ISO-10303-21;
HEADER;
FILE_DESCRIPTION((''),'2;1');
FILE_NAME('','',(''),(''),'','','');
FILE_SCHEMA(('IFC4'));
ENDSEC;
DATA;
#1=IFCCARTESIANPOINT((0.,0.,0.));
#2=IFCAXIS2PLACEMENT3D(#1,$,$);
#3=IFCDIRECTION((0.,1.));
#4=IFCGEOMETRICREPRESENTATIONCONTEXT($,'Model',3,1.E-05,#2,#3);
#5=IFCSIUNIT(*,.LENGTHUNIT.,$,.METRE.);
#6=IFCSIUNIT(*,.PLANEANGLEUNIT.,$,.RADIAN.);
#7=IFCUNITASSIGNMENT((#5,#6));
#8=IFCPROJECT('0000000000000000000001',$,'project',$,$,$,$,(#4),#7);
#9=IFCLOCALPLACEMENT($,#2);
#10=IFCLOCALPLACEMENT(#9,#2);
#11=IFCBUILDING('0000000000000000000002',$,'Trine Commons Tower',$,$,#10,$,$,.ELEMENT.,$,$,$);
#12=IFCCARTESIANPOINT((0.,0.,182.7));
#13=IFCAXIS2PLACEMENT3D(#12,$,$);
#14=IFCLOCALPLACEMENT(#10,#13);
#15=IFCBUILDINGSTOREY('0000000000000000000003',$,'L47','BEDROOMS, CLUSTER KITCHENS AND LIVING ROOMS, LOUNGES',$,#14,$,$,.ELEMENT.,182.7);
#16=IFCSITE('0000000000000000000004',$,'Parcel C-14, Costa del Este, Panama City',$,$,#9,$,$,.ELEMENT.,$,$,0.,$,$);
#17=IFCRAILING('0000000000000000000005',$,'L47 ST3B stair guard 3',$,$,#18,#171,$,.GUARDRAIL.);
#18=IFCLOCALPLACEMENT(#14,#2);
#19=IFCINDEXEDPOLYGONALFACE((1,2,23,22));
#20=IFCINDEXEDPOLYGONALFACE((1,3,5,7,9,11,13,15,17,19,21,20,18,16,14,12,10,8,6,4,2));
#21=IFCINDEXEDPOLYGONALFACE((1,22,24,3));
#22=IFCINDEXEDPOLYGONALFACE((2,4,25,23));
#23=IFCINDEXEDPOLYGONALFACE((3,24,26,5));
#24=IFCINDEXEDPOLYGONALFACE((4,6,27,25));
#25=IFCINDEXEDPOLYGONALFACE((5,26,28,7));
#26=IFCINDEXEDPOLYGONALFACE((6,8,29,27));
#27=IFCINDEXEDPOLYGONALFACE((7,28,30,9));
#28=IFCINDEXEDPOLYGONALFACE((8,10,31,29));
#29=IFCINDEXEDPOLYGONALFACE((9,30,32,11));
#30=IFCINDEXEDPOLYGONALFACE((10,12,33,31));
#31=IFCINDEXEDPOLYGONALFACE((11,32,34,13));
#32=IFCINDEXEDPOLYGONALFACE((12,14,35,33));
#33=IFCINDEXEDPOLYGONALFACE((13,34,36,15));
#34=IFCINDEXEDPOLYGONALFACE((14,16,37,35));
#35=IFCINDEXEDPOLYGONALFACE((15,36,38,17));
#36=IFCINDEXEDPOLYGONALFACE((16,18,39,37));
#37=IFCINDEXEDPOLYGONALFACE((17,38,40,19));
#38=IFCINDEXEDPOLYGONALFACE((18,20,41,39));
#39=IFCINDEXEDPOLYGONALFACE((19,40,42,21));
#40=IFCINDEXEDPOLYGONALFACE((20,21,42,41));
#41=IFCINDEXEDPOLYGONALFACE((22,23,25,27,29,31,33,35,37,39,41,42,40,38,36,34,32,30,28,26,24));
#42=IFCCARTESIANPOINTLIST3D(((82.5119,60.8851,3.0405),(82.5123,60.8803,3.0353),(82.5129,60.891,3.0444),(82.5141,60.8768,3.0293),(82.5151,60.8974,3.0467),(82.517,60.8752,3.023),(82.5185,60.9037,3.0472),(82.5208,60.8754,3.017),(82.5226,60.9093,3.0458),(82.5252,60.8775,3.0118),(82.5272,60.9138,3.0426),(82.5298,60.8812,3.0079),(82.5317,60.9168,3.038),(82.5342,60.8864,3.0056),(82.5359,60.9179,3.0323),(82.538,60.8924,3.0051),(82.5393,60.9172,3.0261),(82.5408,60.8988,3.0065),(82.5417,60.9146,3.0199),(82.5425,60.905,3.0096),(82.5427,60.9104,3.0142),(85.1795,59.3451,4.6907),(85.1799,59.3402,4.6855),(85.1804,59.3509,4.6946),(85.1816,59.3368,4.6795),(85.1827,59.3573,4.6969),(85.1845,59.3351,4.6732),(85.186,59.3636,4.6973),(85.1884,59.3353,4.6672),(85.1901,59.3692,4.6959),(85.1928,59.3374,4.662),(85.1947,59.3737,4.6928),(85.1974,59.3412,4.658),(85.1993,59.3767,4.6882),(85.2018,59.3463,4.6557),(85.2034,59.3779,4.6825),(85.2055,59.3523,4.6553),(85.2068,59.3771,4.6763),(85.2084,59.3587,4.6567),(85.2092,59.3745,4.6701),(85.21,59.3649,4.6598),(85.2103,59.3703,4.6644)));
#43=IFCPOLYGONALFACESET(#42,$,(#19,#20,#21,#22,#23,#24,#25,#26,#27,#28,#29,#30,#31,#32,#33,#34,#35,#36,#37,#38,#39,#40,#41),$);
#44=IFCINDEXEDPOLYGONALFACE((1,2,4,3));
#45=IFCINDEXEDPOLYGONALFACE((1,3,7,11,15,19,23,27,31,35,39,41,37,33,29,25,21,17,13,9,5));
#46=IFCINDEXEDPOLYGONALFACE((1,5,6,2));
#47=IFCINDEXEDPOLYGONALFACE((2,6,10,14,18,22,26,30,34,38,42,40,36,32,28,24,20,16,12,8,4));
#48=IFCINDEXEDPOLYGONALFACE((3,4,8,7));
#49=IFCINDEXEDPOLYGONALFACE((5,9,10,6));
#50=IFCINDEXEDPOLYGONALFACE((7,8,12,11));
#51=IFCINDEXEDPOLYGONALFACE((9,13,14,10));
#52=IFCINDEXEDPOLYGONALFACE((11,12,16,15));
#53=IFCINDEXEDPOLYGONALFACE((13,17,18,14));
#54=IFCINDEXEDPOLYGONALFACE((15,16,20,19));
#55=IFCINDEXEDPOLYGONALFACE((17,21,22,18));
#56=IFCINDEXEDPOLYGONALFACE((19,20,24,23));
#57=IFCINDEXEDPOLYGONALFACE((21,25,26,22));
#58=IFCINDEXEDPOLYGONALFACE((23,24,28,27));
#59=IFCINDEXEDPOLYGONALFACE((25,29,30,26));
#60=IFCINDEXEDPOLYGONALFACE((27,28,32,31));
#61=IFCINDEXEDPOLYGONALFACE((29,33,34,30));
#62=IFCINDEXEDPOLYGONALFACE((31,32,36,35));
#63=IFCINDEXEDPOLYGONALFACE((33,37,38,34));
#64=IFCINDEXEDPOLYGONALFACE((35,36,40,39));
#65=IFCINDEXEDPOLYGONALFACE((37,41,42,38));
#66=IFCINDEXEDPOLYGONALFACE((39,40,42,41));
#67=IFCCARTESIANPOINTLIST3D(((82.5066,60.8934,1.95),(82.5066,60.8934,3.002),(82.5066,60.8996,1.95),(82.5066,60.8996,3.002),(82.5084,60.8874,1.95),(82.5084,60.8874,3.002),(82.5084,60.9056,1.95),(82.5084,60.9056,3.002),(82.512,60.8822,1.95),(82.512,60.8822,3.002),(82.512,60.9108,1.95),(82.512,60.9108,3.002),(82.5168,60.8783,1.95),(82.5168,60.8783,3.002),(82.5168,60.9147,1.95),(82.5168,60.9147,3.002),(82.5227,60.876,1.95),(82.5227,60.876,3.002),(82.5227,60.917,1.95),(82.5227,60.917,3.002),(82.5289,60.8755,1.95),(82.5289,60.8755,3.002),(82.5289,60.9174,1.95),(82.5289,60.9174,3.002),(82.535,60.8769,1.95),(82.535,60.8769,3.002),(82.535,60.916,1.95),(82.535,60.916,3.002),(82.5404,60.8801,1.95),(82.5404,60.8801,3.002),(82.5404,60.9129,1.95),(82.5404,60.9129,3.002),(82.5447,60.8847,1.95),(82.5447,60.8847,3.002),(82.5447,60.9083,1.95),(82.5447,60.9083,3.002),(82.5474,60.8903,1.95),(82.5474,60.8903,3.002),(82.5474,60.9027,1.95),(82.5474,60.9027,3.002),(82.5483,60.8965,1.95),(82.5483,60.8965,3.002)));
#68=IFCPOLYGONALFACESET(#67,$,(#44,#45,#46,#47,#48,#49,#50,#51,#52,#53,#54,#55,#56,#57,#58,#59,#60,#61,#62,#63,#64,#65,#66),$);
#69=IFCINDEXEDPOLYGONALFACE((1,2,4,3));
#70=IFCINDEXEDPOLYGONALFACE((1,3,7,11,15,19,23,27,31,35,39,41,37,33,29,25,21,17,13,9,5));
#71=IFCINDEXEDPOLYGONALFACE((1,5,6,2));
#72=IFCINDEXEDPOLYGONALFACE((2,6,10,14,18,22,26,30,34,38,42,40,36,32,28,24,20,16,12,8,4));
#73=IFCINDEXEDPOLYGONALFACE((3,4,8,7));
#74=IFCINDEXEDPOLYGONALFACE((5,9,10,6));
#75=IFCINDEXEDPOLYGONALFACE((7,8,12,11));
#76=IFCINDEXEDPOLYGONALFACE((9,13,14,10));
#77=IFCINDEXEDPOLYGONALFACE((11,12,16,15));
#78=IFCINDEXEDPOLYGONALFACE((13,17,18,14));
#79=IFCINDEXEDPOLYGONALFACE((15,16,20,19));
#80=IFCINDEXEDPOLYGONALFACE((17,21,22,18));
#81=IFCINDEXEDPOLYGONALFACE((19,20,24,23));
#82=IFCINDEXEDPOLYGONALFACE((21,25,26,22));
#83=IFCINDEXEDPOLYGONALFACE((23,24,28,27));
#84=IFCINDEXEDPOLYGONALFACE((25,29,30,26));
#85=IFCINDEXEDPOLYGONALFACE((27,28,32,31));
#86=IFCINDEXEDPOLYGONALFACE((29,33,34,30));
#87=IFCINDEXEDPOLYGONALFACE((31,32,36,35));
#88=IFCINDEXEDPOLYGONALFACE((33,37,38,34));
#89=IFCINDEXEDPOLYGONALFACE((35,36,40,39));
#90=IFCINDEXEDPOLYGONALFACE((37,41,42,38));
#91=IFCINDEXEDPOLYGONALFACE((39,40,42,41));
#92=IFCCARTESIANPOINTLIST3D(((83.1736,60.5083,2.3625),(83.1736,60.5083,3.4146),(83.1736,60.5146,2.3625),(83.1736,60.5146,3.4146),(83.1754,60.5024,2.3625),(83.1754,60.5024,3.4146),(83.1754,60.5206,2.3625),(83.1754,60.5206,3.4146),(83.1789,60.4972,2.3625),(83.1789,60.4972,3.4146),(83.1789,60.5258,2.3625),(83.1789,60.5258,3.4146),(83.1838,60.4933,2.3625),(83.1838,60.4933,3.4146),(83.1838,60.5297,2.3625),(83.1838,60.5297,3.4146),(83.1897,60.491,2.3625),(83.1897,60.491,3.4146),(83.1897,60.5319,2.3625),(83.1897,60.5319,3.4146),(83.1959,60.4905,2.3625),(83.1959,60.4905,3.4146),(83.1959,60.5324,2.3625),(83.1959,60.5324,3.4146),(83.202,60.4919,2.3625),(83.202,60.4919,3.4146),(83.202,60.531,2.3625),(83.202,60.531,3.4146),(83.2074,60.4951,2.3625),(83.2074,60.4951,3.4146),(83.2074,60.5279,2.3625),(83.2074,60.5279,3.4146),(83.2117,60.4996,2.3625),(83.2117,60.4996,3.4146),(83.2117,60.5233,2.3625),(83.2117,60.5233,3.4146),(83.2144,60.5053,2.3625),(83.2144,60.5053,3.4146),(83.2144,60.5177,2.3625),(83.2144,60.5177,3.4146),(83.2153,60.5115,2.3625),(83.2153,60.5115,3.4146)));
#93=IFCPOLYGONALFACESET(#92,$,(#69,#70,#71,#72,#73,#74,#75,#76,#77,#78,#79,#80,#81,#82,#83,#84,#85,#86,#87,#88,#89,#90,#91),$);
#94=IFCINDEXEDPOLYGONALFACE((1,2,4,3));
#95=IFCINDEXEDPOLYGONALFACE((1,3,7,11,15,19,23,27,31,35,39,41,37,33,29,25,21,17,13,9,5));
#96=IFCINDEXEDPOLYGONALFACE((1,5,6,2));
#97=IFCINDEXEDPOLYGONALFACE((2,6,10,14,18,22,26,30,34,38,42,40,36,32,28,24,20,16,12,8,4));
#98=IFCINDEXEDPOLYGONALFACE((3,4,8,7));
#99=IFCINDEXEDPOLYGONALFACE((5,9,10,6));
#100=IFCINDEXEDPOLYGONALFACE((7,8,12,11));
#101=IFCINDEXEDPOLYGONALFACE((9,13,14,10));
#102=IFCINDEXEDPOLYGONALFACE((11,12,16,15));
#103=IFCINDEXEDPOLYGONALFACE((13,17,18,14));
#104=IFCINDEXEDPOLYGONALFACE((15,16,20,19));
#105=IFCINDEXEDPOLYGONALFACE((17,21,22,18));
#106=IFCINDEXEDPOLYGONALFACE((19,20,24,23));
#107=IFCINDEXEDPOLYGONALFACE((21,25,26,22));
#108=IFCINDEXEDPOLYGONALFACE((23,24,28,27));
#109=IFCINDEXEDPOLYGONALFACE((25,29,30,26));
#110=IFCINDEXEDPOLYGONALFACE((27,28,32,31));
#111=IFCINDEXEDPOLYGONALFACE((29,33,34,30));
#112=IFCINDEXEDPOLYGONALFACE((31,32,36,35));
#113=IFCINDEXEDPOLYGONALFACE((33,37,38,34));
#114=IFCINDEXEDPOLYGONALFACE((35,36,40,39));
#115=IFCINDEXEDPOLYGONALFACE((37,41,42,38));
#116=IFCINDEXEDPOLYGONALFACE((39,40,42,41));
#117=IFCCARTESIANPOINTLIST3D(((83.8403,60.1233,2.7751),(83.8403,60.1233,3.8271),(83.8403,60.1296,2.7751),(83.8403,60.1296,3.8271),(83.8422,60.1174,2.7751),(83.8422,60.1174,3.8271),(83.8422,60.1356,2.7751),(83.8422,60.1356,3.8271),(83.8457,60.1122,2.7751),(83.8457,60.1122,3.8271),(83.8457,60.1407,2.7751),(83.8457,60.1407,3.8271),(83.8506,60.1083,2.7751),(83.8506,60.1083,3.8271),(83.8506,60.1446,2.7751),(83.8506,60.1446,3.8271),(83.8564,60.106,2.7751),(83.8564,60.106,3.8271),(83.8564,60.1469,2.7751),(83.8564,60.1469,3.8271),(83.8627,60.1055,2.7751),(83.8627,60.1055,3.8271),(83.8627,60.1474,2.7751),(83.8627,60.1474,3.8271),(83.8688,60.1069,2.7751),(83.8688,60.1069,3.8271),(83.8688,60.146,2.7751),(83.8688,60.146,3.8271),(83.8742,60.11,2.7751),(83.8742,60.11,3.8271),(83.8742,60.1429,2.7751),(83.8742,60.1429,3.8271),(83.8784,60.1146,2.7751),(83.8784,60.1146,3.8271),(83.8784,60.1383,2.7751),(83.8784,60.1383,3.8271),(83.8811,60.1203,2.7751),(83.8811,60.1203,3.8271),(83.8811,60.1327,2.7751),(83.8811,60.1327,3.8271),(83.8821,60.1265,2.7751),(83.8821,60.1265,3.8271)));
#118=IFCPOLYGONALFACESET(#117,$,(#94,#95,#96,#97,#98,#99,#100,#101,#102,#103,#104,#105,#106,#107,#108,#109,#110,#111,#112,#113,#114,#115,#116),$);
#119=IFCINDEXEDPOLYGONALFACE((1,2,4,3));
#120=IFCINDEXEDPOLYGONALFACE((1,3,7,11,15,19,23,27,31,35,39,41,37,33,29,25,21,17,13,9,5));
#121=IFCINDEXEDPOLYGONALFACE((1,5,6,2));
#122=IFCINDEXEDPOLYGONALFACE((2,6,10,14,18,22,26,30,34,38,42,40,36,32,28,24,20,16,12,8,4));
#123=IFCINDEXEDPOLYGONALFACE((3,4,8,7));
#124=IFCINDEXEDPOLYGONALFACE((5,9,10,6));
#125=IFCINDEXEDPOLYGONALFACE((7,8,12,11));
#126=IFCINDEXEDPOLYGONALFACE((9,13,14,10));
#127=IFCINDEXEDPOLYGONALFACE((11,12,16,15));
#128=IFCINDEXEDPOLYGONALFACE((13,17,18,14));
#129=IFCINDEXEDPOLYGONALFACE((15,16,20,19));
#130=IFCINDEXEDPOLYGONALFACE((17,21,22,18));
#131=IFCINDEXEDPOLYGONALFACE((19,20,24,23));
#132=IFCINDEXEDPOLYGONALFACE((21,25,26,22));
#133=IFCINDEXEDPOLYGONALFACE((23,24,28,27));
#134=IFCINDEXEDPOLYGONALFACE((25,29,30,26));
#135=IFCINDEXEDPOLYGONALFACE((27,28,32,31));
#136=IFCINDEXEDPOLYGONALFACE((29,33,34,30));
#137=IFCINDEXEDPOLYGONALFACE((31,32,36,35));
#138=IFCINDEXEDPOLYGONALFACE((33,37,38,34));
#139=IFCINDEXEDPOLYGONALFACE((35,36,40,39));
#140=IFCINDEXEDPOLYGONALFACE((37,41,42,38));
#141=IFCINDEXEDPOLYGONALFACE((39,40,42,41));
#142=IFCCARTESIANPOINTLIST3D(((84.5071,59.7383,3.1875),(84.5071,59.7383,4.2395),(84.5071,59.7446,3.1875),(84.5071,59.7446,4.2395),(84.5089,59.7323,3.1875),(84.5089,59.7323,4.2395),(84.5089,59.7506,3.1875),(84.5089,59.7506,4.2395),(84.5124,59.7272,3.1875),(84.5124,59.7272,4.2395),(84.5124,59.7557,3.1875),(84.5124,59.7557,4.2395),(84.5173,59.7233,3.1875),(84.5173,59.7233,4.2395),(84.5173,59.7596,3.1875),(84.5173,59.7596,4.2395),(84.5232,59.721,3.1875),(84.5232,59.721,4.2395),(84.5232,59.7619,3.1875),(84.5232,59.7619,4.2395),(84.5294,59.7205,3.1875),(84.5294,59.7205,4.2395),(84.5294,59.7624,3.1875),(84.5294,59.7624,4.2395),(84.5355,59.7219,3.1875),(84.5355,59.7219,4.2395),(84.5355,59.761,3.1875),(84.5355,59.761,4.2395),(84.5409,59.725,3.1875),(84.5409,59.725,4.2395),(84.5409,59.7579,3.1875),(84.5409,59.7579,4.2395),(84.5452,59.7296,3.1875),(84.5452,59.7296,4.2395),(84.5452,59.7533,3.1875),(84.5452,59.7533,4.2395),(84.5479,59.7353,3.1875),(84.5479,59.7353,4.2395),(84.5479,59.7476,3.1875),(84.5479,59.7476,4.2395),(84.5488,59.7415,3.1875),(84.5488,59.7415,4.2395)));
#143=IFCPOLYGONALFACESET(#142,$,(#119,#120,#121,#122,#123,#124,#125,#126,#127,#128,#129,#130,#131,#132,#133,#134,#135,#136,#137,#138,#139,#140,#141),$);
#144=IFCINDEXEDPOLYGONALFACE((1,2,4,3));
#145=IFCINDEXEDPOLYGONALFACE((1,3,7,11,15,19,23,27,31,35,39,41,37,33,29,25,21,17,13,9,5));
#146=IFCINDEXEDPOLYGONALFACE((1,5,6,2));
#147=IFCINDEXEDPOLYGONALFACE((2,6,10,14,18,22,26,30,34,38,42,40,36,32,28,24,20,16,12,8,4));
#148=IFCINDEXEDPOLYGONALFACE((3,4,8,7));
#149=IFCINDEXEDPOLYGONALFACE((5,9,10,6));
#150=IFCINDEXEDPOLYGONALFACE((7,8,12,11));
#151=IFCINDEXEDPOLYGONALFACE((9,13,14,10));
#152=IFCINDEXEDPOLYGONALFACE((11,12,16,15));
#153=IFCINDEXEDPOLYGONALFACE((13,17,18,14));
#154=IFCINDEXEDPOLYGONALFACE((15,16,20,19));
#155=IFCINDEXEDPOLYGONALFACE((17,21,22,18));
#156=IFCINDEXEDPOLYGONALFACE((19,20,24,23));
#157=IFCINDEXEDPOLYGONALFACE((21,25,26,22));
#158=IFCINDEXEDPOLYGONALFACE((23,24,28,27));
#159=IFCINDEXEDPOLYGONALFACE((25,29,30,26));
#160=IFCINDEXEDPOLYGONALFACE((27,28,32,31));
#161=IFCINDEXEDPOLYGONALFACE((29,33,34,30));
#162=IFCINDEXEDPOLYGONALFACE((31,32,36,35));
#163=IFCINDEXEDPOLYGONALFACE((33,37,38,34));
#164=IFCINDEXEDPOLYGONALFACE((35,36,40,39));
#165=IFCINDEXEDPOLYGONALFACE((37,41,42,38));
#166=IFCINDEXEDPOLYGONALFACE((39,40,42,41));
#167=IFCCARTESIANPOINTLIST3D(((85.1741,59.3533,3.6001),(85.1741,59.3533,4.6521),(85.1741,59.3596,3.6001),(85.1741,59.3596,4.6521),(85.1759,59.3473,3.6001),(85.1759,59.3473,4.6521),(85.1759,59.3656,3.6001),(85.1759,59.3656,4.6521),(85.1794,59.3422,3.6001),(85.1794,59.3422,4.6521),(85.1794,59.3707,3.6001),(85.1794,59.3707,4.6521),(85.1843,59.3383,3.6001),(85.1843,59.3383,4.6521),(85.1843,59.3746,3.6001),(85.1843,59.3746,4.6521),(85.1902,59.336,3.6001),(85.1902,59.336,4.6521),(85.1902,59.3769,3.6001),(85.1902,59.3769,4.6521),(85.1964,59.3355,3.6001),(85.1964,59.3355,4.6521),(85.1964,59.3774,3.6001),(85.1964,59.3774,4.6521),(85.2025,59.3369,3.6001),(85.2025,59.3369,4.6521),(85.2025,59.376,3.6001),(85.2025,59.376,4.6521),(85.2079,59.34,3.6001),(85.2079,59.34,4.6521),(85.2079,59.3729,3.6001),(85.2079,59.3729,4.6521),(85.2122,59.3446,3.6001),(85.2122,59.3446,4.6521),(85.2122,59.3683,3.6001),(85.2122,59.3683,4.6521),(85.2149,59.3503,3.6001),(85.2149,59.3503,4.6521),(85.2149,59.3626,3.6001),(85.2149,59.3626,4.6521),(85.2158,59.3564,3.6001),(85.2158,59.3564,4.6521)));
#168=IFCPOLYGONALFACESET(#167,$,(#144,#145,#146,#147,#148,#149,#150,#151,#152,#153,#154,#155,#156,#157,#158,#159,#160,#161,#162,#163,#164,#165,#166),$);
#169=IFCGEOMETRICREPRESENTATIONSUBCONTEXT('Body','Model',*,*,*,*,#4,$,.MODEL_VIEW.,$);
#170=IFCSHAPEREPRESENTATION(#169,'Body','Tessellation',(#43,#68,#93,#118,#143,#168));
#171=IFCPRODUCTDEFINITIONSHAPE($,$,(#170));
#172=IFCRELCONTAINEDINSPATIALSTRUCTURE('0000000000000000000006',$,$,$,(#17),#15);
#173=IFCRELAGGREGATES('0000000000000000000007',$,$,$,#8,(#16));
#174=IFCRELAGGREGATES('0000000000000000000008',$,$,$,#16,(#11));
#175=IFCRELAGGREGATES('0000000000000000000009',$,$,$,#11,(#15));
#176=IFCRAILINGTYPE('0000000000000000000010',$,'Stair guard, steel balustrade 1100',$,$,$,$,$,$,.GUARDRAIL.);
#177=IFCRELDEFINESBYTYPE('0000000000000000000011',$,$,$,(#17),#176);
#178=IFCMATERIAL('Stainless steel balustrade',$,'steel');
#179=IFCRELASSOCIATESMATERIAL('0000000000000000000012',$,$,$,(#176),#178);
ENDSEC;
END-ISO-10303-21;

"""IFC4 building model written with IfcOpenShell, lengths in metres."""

from ifc_helpers import new_model, si_unit, direction, frame, origin, origin_2d, place, context, subcontext, project, spatial, circle, extrude, material, type_object, element, save


model = new_model("IFC4")

# Units and contexts
model_context = context("Model", 3, precision=1e-05, world=origin(), true_north=direction((0.0, 1.0)))
body_context = subcontext(model_context, "Body", "Model", "MODEL_VIEW")
ifc_project = project(units=[si_unit("LENGTHUNIT", "METRE"), si_unit("PLANEANGLEUNIT", "RADIAN")], contexts=[model_context])

# Site, building, storey
site_placement = place(None, origin())
site = spatial("IfcSite", under=ifc_project, at=site_placement, Name="Parcel C-14, Costa del Este, Panama City", CompositionType="ELEMENT", RefElevation=0.0)
building_placement = place(site_placement, origin())
building = spatial("IfcBuilding", under=site, at=building_placement, Name="Trine Commons Tower", CompositionType="ELEMENT")
storey_placement = place(building_placement, frame((0.0, 0.0, 182.7)))
storey = spatial("IfcBuildingStorey", under=building, at=storey_placement, Name="L47", Description="BEDROOMS, CLUSTER KITCHENS AND LIVING ROOMS, LOUNGES", CompositionType="ELEMENT", Elevation=182.7)

# Railing
ifc_material_1 = material(Name="Stainless steel balustrade", Category="steel")
railing_type_1 = type_object("IfcRailingType", Name="Stair guard, steel balustrade 1100", PredefinedType="GUARDRAIL", material=ifc_material_1)
railing_1_placement = place(storey_placement, frame((82.5273, 60.8965, 1.95)))
element("IfcRailing", 1, at=railing_1_placement, inside=storey, type_object=railing_type_1, Name="L47 ST3B stair guard 3", PredefinedType="GUARDRAIL", context=body_context, shape_type="SweptSolid", body=[
    extrude(circle(Radius=0.0239, at=origin_2d()), frame((0.0, 0.0, 1.0762), z_axis=(0.76338, -0.440728, 0.472239), x_axis=(0.499992, 0.86603, 0.0)), (0.0, 0.0, 1.0), 3.4944),
    extrude(circle(Radius=0.021, at=origin_2d()), origin(), (0.0, 0.0, 1.0), 1.052),
    extrude(circle(Radius=0.021, at=origin_2d()), frame((0.667, -0.385, 0.4126)), (0.0, 0.0, 1.0), 1.052),
    extrude(circle(Radius=0.021, at=origin_2d()), frame((1.3337, -0.77, 0.8252)), (0.0, 0.0, 1.0), 1.052),
    extrude(circle(Radius=0.021, at=origin_2d()), frame((2.0005, -1.155, 1.2375)), (0.0, 0.0, 1.0), 1.052),
    extrude(circle(Radius=0.021, at=origin_2d()), frame((2.6675, -1.54, 1.6501)), (0.0, 0.0, 1.0), 1.052),
])

save(model, "model.ifc")
